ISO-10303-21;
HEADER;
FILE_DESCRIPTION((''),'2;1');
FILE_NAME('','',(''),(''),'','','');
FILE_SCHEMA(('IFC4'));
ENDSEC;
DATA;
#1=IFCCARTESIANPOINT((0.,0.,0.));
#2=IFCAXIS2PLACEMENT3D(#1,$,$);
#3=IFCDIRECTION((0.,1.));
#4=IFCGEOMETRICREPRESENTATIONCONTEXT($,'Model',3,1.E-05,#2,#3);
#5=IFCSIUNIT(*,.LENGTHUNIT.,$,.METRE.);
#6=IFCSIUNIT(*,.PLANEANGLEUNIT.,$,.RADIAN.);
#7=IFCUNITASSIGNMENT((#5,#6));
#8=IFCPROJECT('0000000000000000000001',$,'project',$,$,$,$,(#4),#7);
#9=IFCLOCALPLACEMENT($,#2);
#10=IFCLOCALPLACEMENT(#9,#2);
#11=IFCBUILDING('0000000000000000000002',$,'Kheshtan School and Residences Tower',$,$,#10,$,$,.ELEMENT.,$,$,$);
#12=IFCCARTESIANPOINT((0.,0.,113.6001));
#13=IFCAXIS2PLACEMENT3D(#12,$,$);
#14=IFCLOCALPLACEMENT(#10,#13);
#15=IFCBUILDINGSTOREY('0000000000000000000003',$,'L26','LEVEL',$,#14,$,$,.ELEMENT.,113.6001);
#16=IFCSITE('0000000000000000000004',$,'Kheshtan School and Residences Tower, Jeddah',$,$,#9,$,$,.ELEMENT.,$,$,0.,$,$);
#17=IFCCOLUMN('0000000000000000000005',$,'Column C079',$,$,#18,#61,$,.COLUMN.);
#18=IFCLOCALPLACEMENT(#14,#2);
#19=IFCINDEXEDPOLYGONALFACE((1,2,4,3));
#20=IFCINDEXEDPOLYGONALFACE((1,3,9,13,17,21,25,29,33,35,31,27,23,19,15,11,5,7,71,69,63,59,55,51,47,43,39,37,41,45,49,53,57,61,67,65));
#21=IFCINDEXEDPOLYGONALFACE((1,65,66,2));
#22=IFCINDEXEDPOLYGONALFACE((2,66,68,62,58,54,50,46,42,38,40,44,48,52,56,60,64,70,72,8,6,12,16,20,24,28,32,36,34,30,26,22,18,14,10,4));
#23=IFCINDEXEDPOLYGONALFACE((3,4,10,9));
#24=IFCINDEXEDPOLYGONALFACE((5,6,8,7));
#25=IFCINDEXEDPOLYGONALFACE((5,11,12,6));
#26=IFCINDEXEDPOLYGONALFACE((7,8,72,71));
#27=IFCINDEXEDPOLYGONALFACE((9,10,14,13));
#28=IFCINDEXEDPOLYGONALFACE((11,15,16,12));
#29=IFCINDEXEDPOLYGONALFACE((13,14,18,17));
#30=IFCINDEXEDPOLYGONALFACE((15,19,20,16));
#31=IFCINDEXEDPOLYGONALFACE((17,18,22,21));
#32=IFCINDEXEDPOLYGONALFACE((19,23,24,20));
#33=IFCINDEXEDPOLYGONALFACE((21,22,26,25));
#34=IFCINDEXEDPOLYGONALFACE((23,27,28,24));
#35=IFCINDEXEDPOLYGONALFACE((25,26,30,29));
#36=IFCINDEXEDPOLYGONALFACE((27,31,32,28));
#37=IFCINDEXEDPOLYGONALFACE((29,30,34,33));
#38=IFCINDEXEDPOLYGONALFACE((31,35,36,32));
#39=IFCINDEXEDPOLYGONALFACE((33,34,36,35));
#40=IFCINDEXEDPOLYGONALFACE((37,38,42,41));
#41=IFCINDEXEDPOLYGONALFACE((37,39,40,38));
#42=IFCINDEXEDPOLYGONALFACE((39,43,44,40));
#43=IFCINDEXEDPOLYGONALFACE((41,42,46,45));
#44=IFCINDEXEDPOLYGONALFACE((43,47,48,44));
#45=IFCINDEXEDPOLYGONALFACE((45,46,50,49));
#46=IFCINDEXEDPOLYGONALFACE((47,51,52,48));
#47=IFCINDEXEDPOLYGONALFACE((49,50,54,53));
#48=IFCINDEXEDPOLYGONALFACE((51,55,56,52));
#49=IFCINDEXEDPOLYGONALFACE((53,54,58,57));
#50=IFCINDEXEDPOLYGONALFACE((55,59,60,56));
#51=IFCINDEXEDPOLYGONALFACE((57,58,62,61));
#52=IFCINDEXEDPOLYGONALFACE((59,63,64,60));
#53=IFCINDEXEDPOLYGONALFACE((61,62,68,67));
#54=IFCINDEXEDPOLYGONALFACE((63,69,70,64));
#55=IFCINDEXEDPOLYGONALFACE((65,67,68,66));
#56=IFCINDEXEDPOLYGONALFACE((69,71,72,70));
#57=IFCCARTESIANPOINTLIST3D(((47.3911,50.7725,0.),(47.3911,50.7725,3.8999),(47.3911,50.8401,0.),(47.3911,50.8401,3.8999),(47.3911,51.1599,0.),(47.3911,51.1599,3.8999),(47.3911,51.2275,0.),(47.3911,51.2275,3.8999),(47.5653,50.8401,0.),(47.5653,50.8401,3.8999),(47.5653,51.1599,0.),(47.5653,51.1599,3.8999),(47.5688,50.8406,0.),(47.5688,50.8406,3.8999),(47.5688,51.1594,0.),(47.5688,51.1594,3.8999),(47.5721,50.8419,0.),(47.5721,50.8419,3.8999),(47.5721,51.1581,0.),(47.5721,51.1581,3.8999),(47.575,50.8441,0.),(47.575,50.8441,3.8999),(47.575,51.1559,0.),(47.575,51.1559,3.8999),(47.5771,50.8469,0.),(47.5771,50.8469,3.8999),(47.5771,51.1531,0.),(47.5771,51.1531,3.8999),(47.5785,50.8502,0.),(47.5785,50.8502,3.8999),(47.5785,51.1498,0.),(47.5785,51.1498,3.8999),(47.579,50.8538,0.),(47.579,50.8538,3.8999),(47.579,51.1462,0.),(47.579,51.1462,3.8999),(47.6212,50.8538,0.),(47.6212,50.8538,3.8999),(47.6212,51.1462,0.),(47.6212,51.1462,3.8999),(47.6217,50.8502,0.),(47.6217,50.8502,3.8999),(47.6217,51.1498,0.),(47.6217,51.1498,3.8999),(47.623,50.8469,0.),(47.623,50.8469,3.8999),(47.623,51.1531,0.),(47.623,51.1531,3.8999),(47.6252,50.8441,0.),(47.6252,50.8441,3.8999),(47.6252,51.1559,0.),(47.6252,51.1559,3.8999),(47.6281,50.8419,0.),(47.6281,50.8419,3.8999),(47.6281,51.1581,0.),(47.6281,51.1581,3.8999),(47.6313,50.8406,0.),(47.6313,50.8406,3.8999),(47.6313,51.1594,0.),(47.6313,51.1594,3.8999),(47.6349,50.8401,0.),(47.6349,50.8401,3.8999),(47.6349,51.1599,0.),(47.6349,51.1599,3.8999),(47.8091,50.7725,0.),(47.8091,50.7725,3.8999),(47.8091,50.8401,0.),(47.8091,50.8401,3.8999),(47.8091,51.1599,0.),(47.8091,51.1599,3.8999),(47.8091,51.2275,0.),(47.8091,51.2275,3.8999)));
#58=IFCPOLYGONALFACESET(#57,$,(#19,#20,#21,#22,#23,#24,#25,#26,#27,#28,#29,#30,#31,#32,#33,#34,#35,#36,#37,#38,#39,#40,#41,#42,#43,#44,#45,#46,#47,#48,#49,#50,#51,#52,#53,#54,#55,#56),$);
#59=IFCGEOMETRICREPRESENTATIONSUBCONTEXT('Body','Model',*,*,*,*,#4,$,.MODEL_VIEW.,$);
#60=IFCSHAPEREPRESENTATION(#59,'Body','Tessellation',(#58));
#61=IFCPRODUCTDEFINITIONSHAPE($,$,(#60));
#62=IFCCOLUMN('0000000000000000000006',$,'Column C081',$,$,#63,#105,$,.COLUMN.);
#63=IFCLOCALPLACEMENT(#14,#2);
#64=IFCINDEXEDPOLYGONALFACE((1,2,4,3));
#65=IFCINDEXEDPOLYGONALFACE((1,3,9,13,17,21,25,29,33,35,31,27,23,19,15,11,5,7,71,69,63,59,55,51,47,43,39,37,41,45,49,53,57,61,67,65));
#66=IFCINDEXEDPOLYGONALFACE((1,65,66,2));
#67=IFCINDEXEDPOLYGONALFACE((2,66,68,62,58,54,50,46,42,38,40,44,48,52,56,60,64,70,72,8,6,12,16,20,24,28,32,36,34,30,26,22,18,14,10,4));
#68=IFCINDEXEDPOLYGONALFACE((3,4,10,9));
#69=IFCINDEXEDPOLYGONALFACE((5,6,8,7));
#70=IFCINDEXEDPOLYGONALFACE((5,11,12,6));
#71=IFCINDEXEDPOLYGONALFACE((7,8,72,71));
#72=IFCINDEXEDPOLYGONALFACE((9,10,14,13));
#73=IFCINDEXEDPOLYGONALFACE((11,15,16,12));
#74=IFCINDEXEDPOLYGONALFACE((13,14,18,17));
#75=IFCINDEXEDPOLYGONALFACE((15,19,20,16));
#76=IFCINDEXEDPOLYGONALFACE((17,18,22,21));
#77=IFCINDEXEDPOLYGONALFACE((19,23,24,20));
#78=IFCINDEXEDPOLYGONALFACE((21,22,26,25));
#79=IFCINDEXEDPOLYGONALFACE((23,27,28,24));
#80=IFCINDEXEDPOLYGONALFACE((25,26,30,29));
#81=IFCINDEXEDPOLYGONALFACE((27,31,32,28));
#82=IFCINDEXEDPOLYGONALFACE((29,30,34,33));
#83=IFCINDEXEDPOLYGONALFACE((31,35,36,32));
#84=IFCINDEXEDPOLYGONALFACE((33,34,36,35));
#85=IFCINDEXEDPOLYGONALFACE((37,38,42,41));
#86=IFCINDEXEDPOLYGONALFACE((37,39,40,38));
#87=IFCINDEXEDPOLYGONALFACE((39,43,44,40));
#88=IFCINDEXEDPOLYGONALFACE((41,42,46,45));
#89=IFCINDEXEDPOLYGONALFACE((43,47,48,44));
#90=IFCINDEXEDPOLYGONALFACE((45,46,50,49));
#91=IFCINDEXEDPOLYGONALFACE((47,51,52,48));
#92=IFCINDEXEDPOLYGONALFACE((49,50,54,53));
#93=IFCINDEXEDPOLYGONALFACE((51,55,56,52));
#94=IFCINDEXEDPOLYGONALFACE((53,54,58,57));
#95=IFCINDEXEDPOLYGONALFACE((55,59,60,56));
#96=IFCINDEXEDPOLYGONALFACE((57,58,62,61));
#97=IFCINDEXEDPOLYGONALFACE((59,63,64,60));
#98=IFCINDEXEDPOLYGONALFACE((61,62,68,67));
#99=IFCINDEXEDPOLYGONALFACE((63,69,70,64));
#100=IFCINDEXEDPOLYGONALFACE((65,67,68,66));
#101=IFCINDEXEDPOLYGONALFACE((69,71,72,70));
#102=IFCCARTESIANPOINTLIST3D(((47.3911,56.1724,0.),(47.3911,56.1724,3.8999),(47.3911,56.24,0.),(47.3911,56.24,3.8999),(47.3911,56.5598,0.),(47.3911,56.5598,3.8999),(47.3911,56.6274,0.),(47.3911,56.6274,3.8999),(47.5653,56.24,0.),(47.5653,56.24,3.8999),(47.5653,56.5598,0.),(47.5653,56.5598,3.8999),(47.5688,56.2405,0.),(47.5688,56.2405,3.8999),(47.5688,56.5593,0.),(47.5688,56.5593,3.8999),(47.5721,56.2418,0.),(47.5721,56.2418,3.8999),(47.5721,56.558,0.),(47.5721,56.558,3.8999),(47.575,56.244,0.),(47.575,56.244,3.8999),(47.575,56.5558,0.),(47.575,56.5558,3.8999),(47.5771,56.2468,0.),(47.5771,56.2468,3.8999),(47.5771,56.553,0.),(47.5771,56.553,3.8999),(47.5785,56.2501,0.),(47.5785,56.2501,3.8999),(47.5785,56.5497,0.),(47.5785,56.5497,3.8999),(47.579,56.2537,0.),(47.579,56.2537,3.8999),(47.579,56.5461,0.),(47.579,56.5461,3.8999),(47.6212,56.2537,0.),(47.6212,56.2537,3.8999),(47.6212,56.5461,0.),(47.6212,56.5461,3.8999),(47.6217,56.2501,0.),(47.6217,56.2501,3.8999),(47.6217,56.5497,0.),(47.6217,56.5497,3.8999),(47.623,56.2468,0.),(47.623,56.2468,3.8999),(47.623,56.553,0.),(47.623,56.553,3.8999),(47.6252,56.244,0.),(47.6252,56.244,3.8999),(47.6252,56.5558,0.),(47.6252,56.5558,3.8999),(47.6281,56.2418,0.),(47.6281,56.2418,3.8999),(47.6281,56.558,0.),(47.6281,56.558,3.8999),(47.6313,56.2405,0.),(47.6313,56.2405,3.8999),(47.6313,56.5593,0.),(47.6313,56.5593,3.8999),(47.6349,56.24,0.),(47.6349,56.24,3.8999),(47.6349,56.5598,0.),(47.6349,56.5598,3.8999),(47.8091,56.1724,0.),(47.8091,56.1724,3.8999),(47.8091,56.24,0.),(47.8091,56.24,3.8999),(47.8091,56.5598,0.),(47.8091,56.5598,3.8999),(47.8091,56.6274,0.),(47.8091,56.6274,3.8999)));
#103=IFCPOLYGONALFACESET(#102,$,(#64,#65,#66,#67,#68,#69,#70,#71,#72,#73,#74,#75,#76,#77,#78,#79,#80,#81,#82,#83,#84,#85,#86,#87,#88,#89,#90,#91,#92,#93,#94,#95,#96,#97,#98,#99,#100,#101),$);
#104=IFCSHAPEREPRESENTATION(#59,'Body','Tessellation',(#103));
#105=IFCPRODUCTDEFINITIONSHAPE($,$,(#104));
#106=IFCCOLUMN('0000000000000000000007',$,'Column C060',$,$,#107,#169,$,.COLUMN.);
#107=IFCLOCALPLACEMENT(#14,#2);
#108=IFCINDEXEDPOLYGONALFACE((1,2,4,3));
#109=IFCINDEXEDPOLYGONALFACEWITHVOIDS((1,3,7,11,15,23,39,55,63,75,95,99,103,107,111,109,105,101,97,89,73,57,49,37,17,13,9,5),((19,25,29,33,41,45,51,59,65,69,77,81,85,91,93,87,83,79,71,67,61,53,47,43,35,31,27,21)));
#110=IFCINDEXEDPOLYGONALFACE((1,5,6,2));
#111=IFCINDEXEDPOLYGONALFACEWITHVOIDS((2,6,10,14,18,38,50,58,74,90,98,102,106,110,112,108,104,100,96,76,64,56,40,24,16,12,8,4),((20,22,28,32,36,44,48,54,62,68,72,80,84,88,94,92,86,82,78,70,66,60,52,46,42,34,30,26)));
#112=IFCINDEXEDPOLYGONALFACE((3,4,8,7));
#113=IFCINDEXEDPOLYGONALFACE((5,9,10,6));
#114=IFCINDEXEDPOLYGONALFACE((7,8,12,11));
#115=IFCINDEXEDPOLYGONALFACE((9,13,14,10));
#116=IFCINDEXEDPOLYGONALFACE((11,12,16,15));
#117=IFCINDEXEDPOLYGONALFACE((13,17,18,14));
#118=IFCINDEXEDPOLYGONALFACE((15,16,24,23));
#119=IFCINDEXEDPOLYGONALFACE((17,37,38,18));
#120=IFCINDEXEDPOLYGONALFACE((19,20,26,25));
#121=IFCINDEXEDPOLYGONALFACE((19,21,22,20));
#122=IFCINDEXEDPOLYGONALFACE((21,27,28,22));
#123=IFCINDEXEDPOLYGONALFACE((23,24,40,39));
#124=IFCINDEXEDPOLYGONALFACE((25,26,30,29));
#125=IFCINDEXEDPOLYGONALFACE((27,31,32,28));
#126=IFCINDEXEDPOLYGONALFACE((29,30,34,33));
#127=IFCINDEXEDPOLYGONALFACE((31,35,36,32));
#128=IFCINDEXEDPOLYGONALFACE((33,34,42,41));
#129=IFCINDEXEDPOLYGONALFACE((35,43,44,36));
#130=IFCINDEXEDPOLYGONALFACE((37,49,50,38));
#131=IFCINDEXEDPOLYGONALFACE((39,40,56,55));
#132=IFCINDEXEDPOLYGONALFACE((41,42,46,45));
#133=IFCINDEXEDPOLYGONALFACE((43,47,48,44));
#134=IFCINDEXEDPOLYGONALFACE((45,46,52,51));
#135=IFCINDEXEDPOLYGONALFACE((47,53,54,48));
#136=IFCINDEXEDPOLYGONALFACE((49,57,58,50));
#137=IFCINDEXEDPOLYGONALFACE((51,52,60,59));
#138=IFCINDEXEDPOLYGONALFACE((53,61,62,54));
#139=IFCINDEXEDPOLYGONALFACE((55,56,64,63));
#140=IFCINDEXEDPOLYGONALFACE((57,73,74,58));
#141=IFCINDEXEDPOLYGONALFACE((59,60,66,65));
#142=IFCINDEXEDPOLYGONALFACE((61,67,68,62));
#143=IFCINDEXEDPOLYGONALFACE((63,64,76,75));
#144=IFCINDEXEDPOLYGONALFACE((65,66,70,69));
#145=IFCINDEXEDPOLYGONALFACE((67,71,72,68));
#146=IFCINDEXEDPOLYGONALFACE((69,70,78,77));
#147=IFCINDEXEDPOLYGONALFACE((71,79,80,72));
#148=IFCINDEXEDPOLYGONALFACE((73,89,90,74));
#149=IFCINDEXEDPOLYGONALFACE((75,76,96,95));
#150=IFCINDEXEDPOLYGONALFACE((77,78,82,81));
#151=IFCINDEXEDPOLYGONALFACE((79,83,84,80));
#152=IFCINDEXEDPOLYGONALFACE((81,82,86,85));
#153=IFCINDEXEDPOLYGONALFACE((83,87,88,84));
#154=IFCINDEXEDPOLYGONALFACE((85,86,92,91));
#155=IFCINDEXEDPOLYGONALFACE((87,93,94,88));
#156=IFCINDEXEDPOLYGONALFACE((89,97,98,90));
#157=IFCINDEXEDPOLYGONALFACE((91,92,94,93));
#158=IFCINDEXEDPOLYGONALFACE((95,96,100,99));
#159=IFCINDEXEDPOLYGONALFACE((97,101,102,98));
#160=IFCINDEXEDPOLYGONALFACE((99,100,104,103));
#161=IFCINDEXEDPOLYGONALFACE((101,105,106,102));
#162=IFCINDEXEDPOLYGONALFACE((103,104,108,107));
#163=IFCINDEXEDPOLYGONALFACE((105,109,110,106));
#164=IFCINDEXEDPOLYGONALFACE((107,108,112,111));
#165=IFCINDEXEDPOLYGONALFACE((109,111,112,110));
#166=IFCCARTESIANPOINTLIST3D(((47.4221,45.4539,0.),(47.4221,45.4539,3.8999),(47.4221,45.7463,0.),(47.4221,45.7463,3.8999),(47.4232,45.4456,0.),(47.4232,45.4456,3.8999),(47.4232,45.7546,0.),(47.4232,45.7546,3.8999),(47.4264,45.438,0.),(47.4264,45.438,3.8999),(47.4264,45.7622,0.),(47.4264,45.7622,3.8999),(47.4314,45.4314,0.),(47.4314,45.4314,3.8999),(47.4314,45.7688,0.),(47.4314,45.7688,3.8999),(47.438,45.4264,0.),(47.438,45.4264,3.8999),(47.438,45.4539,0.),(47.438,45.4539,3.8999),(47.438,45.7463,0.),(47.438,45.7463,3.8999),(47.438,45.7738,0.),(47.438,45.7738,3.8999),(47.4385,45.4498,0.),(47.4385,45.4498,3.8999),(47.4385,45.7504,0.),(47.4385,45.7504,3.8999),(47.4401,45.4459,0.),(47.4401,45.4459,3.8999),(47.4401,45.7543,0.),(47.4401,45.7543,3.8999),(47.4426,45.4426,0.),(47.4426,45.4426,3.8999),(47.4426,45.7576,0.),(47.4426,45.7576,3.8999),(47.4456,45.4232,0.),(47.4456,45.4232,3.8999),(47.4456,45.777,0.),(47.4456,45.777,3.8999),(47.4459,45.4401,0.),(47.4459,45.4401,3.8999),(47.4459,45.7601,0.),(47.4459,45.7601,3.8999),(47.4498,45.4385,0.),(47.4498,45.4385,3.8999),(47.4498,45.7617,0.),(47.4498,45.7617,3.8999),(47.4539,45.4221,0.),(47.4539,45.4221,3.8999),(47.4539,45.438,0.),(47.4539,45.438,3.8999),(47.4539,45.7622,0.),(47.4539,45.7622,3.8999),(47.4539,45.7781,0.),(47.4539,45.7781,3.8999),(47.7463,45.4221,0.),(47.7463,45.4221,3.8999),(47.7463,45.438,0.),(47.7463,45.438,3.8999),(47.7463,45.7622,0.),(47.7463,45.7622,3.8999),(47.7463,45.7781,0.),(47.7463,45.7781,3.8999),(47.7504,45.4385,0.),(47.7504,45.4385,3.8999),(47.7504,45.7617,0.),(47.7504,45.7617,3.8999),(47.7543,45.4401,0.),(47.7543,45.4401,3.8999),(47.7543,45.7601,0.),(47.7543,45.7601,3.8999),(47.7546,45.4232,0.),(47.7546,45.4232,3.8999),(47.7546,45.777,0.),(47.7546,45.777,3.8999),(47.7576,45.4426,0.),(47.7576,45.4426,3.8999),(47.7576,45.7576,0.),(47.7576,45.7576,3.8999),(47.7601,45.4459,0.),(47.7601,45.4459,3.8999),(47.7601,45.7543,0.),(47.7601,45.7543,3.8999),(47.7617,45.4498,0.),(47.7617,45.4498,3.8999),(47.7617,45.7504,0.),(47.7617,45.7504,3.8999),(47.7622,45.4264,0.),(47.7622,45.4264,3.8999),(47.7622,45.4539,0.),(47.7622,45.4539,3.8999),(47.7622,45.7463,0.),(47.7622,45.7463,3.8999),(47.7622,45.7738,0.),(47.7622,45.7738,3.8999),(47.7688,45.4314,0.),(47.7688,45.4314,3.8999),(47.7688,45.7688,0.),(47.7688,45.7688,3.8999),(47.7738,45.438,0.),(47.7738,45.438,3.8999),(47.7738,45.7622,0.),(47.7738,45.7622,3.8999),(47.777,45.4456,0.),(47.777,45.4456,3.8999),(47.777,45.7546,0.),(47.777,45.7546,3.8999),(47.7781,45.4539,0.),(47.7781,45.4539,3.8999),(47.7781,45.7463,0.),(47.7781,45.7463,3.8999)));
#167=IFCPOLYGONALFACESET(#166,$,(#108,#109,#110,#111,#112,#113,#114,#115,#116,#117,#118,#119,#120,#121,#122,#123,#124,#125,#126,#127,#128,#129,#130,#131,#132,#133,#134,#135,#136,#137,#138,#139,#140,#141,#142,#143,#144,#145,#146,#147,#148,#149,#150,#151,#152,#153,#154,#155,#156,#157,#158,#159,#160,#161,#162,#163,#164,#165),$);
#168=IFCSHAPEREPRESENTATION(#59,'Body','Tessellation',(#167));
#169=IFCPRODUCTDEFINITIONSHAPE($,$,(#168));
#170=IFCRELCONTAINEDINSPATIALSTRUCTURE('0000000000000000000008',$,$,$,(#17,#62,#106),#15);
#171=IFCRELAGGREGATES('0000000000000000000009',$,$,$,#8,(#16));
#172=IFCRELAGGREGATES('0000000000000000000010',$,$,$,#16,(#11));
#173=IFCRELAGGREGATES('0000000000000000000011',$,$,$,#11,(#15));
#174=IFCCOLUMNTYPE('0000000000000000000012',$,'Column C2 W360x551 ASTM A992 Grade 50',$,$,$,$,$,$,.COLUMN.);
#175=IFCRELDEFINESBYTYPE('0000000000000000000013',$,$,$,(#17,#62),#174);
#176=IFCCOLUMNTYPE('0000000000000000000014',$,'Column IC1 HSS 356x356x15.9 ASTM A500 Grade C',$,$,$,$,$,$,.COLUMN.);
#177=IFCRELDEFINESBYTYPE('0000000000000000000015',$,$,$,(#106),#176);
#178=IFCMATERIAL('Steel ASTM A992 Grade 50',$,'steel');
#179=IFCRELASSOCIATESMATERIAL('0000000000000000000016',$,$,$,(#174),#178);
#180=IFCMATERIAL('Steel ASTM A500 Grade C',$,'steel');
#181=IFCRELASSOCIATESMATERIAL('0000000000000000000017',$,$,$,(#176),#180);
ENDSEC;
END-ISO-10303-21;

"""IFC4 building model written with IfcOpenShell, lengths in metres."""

from ifc_helpers import new_model, si_unit, direction, frame, origin, origin_2d, place, context, subcontext, project, spatial, hollow_rectangle, i_section, extrude, material, material_profile, profile_set, type_object, element, save


model = new_model("IFC4")

# Units and contexts
model_context = context("Model", 3, precision=1e-05, world=origin(), true_north=direction((0.0, 1.0)))
body_context = subcontext(model_context, "Body", "Model", "MODEL_VIEW")
ifc_project = project(units=[si_unit("LENGTHUNIT", "METRE"), si_unit("PLANEANGLEUNIT", "RADIAN")], contexts=[model_context])

# Site, building, storey
site_placement = place(None, origin())
site = spatial("IfcSite", under=ifc_project, at=site_placement, Name="Kheshtan School and Residences Tower, Jeddah", CompositionType="ELEMENT", RefElevation=0.0)
building_placement = place(site_placement, origin())
building = spatial("IfcBuilding", under=site, at=building_placement, Name="Kheshtan School and Residences Tower", CompositionType="ELEMENT")
storey_placement = place(building_placement, frame((0.0, 0.0, 113.6001)))
storey = spatial("IfcBuildingStorey", under=building, at=storey_placement, Name="L26", Description="LEVEL", CompositionType="ELEMENT", Elevation=113.6001)

# Columns
ifc_material_1 = material(Name="Steel ASTM A992 Grade 50", Category="steel")
ifc_material_profile_1 = material_profile(ifc_material_1, i_section(OverallWidth=0.418, OverallDepth=0.4551, WebThickness=0.0422, FlangeThickness=0.0676, FilletRadius=0.0137, at=origin_2d()), Name="W360x551")
ifc_profile_set_1 = profile_set([ifc_material_profile_1], Name="Steel ASTM A992 Grade 50")
column_type_1 = type_object("IfcColumnType", Name="Column C2 W360x551 ASTM A992 Grade 50", PredefinedType="COLUMN", material=ifc_profile_set_1)
for number, where, z_axis, x_axis, name in (
    (1, (47.6001, 51.0, 0.0), (0.0, 0.0, 1.0), (1.0, 0.0, 0.0), "Column C079"),
    (2, (47.6001, 56.3999, 0.0), (0.0, 0.0, 1.0), (1.0, 0.0, 0.0), "Column C081"),
):
    element("IfcColumn", number, at=place(storey_placement, frame(where, z_axis=z_axis, x_axis=x_axis)), inside=storey, type_object=column_type_1, Name=name, PredefinedType="COLUMN", context=body_context, shape_type="SweptSolid", body=[
        extrude(i_section(OverallWidth=0.418, OverallDepth=0.4551, WebThickness=0.0422, FlangeThickness=0.0676, FilletRadius=0.0137, at=origin_2d()), origin(), (0.0, 0.0, 1.0), 3.8999),
    ])
ifc_material_2 = material(Name="Steel ASTM A500 Grade C", Category="steel")
ifc_material_profile_2 = material_profile(ifc_material_2, hollow_rectangle(XDim=0.356, YDim=0.356, WallThickness=0.0159, InnerFilletRadius=0.0159, OuterFilletRadius=0.0317, at=origin_2d()), Name="HSS 356x356x15.9")
ifc_profile_set_2 = profile_set([ifc_material_profile_2], Name="Steel ASTM A500 Grade C")
column_type_2 = type_object("IfcColumnType", Name="Column IC1 HSS 356x356x15.9 ASTM A500 Grade C", PredefinedType="COLUMN", material=ifc_profile_set_2)
column_placement = place(storey_placement, frame((47.6001, 45.6001, 0.0), z_axis=(0.0, 0.0, 1.0), x_axis=(1.0, 0.0, 0.0)))
element("IfcColumn", 3, at=column_placement, inside=storey, type_object=column_type_2, Name="Column C060", PredefinedType="COLUMN", context=body_context, shape_type="SweptSolid", body=[
    extrude(hollow_rectangle(XDim=0.356, YDim=0.356, WallThickness=0.0159, InnerFilletRadius=0.0159, OuterFilletRadius=0.0317, at=origin_2d()), origin(), (0.0, 0.0, 1.0), 3.8999),
])

save(model, "model.ifc")
